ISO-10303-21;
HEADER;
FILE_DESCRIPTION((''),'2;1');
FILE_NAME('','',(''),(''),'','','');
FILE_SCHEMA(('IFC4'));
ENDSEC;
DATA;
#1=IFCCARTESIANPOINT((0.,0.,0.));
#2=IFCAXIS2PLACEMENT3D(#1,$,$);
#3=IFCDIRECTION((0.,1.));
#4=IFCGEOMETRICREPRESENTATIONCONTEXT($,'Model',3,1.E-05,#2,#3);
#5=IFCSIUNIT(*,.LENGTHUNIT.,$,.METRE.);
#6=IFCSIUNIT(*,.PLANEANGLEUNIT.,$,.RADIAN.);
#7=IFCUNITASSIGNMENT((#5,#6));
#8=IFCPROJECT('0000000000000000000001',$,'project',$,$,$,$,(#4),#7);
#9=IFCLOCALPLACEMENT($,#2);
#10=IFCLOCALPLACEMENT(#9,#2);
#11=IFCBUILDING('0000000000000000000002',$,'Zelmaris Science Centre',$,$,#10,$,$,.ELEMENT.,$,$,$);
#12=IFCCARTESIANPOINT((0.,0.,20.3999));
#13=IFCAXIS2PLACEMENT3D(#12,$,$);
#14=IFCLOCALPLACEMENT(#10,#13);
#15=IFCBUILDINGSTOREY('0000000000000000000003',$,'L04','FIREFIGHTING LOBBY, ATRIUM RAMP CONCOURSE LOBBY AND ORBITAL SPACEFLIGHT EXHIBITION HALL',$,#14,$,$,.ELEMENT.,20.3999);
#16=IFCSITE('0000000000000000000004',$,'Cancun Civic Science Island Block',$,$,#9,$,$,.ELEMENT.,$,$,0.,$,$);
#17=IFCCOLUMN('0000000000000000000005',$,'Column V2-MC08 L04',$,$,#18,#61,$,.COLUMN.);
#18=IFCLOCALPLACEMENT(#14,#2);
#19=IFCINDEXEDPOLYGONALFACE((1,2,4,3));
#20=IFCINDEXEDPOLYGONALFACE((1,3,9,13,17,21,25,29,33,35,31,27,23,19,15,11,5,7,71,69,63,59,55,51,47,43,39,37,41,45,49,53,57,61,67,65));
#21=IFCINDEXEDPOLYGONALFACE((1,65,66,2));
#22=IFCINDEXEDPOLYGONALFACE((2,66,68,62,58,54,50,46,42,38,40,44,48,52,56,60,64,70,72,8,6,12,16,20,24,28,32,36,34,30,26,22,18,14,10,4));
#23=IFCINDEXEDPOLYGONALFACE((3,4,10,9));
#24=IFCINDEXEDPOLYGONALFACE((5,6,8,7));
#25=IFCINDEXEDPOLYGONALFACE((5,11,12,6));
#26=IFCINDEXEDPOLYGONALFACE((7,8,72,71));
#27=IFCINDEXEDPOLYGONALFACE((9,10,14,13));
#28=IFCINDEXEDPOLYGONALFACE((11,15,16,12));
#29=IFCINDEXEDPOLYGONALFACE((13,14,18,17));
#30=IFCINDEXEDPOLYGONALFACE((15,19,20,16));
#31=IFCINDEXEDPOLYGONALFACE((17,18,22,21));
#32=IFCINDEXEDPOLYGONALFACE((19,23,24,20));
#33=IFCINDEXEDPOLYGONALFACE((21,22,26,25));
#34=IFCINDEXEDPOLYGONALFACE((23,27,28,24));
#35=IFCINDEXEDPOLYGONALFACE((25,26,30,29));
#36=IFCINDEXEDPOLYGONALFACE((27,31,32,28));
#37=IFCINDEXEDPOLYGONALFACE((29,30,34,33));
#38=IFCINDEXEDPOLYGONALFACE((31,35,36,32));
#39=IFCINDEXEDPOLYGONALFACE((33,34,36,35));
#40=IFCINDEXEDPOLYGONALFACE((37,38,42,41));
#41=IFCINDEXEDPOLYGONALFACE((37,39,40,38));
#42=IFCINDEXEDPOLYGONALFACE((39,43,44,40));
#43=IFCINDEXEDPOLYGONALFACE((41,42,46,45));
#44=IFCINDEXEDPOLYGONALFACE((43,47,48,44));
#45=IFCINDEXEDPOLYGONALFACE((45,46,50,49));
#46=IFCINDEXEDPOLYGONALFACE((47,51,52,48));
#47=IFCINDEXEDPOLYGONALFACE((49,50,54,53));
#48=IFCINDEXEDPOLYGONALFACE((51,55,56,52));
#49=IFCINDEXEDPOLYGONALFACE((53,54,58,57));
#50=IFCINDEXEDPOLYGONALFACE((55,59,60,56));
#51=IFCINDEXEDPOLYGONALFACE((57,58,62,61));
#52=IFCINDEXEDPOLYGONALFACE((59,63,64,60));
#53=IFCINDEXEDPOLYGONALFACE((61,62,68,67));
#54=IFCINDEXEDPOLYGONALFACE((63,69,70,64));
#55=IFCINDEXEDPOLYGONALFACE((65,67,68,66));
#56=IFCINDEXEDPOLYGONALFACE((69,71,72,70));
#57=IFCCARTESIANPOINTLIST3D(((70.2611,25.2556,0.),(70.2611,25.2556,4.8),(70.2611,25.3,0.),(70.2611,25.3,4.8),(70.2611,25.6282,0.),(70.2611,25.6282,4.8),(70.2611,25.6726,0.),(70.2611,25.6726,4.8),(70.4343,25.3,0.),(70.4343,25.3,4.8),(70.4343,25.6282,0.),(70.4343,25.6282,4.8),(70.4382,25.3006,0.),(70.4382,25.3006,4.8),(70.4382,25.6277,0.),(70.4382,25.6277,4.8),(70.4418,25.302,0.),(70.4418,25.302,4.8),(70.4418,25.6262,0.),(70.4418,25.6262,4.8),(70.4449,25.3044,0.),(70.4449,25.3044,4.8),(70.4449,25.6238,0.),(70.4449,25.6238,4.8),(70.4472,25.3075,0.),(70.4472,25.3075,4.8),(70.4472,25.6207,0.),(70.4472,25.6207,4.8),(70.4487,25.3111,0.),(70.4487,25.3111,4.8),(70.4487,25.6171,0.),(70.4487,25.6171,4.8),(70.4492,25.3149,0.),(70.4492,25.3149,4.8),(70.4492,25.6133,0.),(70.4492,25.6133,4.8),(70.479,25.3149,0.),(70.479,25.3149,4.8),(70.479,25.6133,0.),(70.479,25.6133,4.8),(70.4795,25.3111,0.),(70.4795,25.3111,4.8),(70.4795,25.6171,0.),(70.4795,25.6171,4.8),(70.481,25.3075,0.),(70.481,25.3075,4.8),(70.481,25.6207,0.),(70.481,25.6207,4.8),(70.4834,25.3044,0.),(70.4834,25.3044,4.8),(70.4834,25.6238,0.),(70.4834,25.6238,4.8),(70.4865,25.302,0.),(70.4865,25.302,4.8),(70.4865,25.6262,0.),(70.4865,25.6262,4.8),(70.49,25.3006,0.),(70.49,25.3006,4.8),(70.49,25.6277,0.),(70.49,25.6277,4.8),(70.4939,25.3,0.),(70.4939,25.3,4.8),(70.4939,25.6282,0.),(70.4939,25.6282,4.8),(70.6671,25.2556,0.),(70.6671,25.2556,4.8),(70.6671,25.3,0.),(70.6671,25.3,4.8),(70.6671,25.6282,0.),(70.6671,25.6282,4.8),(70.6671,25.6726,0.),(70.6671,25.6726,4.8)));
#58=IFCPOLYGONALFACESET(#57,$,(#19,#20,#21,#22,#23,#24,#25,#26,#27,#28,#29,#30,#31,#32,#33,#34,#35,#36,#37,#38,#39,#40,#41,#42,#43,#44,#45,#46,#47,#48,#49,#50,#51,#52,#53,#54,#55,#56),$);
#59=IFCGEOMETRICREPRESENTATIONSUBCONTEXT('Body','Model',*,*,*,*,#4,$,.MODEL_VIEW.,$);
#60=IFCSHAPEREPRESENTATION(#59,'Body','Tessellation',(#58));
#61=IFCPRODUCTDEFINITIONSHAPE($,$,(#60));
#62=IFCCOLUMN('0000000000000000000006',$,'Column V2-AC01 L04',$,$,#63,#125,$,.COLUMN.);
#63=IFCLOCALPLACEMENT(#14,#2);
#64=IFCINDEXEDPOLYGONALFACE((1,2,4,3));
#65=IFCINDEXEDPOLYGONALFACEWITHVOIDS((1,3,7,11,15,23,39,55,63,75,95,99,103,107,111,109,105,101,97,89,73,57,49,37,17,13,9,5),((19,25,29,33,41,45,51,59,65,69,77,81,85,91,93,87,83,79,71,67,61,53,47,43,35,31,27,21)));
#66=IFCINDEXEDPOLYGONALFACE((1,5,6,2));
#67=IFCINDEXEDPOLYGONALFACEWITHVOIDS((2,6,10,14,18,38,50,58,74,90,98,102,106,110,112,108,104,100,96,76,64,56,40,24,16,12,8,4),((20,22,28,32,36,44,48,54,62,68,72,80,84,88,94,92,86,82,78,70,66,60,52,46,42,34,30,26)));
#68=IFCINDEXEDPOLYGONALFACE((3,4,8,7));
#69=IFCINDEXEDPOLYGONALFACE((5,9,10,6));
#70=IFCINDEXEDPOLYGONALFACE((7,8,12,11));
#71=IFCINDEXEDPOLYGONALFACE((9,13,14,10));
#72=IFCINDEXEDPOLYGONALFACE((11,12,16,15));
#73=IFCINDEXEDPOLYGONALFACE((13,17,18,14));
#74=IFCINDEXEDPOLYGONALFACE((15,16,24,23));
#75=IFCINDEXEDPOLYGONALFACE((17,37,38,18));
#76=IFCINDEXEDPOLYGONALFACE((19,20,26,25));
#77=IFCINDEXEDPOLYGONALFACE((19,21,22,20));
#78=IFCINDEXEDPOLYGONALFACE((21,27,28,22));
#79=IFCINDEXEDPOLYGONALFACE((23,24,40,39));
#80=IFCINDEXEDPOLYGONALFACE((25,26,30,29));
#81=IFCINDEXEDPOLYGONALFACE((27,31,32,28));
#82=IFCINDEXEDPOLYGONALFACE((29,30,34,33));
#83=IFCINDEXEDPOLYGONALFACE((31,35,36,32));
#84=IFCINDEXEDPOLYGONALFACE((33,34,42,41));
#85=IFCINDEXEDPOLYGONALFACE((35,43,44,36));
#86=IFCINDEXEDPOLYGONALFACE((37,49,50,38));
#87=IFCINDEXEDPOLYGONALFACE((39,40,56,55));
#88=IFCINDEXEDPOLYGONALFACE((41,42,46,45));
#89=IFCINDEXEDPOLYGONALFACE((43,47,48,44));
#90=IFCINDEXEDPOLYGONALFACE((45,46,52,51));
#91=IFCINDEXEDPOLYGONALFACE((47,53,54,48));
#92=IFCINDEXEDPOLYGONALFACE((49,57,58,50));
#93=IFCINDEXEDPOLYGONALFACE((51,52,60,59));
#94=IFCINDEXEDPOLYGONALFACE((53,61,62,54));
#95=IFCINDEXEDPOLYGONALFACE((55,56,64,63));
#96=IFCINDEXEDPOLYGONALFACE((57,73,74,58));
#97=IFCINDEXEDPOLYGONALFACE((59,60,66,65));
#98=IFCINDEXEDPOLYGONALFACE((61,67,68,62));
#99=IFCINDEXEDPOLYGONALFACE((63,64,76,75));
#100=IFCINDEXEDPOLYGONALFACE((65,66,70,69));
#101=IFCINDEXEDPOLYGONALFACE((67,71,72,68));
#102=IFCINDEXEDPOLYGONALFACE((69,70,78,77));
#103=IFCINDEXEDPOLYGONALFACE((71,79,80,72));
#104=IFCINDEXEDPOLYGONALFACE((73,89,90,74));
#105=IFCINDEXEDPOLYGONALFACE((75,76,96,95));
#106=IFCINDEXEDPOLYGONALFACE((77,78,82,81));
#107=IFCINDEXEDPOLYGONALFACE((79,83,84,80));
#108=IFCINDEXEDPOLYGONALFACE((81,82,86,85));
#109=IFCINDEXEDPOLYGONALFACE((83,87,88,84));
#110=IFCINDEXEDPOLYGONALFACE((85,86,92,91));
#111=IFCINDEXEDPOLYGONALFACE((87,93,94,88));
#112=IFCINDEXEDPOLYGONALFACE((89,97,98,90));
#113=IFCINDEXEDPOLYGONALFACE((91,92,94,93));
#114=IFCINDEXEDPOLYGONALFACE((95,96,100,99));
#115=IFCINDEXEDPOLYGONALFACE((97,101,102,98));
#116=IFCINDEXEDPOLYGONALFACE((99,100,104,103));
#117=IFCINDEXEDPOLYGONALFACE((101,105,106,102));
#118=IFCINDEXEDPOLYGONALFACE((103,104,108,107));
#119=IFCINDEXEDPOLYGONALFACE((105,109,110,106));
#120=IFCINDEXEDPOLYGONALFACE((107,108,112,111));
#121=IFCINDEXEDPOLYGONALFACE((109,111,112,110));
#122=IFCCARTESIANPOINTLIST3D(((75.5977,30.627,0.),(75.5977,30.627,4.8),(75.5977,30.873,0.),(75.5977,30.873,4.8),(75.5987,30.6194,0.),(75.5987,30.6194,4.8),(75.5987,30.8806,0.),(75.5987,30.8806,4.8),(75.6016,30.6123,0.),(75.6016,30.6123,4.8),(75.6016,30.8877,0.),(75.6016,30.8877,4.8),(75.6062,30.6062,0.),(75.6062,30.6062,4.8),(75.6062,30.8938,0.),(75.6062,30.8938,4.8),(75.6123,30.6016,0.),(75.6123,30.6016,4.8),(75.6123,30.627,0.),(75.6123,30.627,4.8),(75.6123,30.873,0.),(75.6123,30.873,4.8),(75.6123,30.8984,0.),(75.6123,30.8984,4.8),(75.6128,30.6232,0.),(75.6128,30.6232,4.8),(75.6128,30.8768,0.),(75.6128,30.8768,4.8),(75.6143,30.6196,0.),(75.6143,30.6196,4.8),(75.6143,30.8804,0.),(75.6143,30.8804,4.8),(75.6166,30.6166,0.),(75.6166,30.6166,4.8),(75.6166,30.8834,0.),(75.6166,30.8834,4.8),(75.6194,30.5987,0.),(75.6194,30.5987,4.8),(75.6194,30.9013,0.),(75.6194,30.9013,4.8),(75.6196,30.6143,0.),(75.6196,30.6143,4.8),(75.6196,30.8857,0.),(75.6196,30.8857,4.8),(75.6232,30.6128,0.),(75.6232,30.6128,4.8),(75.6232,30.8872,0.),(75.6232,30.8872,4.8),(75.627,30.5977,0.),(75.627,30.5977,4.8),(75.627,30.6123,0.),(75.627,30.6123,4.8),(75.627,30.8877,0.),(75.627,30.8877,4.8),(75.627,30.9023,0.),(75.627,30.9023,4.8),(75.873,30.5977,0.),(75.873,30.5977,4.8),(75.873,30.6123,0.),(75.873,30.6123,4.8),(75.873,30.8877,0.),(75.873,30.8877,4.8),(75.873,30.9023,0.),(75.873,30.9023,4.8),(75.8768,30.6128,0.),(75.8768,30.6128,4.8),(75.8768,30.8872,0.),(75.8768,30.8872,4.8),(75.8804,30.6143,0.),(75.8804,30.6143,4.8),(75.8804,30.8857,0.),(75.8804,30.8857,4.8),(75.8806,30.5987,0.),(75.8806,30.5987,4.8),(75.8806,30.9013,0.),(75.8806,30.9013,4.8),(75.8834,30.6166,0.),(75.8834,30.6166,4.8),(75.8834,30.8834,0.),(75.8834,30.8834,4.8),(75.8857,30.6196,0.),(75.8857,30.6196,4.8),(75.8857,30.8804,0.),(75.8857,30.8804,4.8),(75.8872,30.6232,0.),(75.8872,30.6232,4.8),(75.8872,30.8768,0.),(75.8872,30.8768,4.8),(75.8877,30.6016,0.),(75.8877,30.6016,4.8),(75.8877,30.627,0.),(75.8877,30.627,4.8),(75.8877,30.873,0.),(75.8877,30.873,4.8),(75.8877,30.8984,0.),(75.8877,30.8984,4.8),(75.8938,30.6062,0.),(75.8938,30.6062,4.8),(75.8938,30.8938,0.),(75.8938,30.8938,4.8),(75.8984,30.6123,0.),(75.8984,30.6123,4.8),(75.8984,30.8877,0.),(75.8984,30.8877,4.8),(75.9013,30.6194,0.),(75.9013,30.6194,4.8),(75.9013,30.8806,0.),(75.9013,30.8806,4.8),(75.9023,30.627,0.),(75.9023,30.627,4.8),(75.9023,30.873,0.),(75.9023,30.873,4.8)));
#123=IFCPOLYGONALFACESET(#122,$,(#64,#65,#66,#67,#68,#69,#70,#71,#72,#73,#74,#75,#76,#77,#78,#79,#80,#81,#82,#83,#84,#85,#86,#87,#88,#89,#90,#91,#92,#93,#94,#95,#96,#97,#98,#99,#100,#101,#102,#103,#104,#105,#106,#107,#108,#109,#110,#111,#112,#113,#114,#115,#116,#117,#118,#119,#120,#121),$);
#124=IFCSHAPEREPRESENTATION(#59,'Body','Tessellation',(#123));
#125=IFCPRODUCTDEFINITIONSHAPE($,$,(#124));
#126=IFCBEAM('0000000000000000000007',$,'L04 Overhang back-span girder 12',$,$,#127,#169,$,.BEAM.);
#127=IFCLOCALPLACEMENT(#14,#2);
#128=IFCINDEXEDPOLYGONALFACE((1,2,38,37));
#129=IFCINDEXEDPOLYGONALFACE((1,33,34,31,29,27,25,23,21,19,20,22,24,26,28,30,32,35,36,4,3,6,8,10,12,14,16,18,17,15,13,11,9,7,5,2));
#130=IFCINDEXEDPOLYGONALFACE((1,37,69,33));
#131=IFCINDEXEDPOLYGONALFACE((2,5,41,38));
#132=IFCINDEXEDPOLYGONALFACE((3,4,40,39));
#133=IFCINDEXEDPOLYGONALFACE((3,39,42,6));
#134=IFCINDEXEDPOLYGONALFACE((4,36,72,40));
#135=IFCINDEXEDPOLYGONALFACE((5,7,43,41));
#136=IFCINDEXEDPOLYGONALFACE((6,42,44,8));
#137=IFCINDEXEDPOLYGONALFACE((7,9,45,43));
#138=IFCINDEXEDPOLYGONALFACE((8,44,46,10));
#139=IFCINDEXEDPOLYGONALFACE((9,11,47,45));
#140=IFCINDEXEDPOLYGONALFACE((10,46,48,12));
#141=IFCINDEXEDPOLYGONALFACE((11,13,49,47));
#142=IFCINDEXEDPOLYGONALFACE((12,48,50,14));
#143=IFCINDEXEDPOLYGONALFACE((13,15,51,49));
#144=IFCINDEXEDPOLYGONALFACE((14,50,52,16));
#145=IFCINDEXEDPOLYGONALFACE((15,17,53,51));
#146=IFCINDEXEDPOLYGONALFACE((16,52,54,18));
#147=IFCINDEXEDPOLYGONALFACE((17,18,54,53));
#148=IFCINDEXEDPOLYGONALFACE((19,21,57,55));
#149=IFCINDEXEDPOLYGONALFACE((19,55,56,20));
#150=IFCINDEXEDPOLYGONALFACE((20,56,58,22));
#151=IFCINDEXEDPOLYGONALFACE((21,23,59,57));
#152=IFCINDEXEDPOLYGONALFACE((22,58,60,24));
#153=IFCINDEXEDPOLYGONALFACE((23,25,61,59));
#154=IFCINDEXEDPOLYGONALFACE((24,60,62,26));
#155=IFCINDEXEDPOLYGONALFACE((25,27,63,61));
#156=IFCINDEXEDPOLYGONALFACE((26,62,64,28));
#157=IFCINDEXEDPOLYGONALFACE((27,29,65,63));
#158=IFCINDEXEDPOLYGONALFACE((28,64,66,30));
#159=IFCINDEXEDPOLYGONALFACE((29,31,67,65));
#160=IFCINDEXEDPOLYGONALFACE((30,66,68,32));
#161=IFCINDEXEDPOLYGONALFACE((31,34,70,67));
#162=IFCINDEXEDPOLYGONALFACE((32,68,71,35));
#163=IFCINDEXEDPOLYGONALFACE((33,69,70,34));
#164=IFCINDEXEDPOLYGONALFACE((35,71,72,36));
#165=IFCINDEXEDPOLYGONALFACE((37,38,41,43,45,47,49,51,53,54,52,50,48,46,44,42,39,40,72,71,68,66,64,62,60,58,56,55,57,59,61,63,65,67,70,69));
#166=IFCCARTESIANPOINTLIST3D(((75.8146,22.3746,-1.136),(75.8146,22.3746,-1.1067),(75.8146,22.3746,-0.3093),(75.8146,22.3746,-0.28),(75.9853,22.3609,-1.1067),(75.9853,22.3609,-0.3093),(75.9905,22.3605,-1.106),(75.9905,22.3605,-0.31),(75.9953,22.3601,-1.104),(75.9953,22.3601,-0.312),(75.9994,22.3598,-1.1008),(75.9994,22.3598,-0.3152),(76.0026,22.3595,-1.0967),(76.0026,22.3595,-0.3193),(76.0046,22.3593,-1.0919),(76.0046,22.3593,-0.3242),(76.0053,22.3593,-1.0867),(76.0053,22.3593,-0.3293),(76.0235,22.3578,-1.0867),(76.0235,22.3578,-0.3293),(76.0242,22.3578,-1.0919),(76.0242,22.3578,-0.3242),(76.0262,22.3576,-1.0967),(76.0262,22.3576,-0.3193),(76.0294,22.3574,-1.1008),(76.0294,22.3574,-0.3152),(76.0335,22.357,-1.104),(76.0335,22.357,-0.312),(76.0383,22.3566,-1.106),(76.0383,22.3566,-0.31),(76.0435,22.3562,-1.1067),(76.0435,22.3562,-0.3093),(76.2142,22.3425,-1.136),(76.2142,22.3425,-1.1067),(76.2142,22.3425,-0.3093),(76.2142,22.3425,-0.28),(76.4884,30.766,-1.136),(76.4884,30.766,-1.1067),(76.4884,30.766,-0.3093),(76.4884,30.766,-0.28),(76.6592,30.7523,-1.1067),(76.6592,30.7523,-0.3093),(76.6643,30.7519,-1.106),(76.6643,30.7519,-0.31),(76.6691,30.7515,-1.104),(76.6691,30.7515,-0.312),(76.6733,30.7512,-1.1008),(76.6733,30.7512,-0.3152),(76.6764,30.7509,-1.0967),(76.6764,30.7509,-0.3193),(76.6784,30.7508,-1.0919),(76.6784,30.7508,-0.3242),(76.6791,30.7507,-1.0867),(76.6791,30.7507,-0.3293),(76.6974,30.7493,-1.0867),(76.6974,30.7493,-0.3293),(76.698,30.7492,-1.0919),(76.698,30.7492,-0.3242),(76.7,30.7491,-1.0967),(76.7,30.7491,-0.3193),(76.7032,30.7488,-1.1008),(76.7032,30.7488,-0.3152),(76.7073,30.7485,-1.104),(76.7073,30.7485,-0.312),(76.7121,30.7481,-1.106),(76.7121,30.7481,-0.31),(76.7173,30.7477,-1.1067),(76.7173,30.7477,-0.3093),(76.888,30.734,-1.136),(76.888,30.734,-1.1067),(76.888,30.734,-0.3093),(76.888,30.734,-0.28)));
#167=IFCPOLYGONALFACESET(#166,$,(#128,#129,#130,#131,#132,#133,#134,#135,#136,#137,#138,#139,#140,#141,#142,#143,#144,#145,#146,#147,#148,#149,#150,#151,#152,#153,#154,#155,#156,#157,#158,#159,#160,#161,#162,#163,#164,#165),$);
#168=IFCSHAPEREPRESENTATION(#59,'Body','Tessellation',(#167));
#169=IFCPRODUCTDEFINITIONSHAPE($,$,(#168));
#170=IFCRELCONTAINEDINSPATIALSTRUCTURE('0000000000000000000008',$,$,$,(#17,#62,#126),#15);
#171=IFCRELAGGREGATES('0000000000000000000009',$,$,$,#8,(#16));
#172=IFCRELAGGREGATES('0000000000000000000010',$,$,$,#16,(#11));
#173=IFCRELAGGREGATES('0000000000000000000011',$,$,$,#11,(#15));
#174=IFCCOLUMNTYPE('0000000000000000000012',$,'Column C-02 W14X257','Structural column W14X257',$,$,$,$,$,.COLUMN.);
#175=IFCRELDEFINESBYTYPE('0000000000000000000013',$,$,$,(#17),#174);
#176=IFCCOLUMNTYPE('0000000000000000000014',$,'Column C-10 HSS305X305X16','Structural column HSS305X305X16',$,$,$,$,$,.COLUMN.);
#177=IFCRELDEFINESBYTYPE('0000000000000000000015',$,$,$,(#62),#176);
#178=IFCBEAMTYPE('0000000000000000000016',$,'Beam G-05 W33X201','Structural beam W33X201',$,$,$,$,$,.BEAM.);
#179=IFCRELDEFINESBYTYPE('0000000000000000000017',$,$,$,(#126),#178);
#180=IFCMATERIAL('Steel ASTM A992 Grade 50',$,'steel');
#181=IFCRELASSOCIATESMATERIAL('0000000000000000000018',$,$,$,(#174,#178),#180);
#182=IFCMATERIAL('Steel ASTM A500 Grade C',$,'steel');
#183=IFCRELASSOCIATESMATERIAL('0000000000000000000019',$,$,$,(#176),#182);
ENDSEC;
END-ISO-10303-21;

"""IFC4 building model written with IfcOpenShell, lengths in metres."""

from ifc_helpers import new_model, si_unit, direction, frame, origin, origin_2d, place, context, subcontext, project, spatial, hollow_rectangle, i_section, extrude, material, material_profile, profile_set, type_object, element, save


model = new_model("IFC4")

# Units and contexts
model_context = context("Model", 3, precision=1e-05, world=origin(), true_north=direction((0.0, 1.0)))
body_context = subcontext(model_context, "Body", "Model", "MODEL_VIEW")
ifc_project = project(units=[si_unit("LENGTHUNIT", "METRE"), si_unit("PLANEANGLEUNIT", "RADIAN")], contexts=[model_context])

# Site, building, storey
site_placement = place(None, origin())
site = spatial("IfcSite", under=ifc_project, at=site_placement, Name="Cancun Civic Science Island Block", CompositionType="ELEMENT", RefElevation=0.0)
building_placement = place(site_placement, origin())
building = spatial("IfcBuilding", under=site, at=building_placement, Name="Zelmaris Science Centre", CompositionType="ELEMENT")
storey_placement = place(building_placement, frame((0.0, 0.0, 20.3999)))
storey = spatial("IfcBuildingStorey", under=building, at=storey_placement, Name="L04", Description="FIREFIGHTING LOBBY, ATRIUM RAMP CONCOURSE LOBBY AND ORBITAL SPACEFLIGHT EXHIBITION HALL", CompositionType="ELEMENT", Elevation=20.3999)

# Columns
ifc_material_1 = material(Name="Steel ASTM A992 Grade 50", Category="steel")
ifc_material_profile_1 = material_profile(ifc_material_1, i_section(OverallWidth=0.406, OverallDepth=0.417, WebThickness=0.0298, FlangeThickness=0.0444, FilletRadius=0.0149, at=origin_2d()), Name="W14X257")
ifc_profile_set_1 = profile_set([ifc_material_profile_1], Name="Steel ASTM A992 Grade 50")
column_type_1 = type_object("IfcColumnType", Name="Column C-02 W14X257", Description="Structural column W14X257", PredefinedType="COLUMN", material=ifc_profile_set_1)
column_1_placement = place(storey_placement, frame((70.4641, 25.4641, 0.0), z_axis=(0.0, 0.0, 1.0), x_axis=(1.0, 0.0, 0.0)))
element("IfcColumn", 1, at=column_1_placement, inside=storey, type_object=column_type_1, Name="Column V2-MC08 L04", PredefinedType="COLUMN", context=body_context, shape_type="SweptSolid", body=[
    extrude(i_section(OverallWidth=0.406, OverallDepth=0.417, WebThickness=0.0298, FlangeThickness=0.0444, FilletRadius=0.0149, at=origin_2d()), origin(), (0.0, 0.0, 1.0), 4.8),
])
ifc_material_2 = material(Name="Steel ASTM A500 Grade C", Category="steel")
ifc_material_profile_2 = material_profile(ifc_material_2, hollow_rectangle(XDim=0.3047, YDim=0.3047, WallThickness=0.0146, InnerFilletRadius=0.0146, OuterFilletRadius=0.0293, at=origin_2d()), Name="HSS305X305X16")
ifc_profile_set_2 = profile_set([ifc_material_profile_2], Name="Steel ASTM A500 Grade C")
column_type_2 = type_object("IfcColumnType", Name="Column C-10 HSS305X305X16", Description="Structural column HSS305X305X16", PredefinedType="COLUMN", material=ifc_profile_set_2)
column_2_placement = place(storey_placement, frame((75.75, 30.75, 0.0), z_axis=(0.0, 0.0, 1.0), x_axis=(1.0, 0.0, 0.0)))
element("IfcColumn", 2, at=column_2_placement, inside=storey, type_object=column_type_2, Name="Column V2-AC01 L04", PredefinedType="COLUMN", context=body_context, shape_type="SweptSolid", body=[
    extrude(hollow_rectangle(XDim=0.3047, YDim=0.3047, WallThickness=0.0146, InnerFilletRadius=0.0146, OuterFilletRadius=0.0293, at=origin_2d()), origin(), (0.0, 0.0, 1.0), 4.8),
])

# Beam
ifc_material_profile_3 = material_profile(ifc_material_1, i_section(OverallWidth=0.4009, OverallDepth=0.856, WebThickness=0.0183, FlangeThickness=0.0293, FilletRadius=0.02, at=origin_2d()), Name="W33X201")
ifc_profile_set_3 = profile_set([ifc_material_profile_3], Name="Steel ASTM A992 Grade 50")
beam_type_1 = type_object("IfcBeamType", Name="Beam G-05 W33X201", Description="Structural beam W33X201", PredefinedType="BEAM", material=ifc_profile_set_3)
beam_1_placement = place(storey_placement, frame((76.6882, 30.75, -0.708), z_axis=(-0.080043, -0.996791, 0.0), x_axis=(0.996791, -0.080043, 0.0)))
element("IfcBeam", 3, at=beam_1_placement, inside=storey, type_object=beam_type_1, Name="L04 Overhang back-span girder 12", PredefinedType="BEAM", context=body_context, shape_type="SweptSolid", body=[
    extrude(i_section(OverallWidth=0.4009, OverallDepth=0.856, WebThickness=0.0183, FlangeThickness=0.0293, FilletRadius=0.02, at=origin_2d()), origin(), (0.0, 0.0, 1.0), 8.4185),
])

save(model, "model.ifc")
